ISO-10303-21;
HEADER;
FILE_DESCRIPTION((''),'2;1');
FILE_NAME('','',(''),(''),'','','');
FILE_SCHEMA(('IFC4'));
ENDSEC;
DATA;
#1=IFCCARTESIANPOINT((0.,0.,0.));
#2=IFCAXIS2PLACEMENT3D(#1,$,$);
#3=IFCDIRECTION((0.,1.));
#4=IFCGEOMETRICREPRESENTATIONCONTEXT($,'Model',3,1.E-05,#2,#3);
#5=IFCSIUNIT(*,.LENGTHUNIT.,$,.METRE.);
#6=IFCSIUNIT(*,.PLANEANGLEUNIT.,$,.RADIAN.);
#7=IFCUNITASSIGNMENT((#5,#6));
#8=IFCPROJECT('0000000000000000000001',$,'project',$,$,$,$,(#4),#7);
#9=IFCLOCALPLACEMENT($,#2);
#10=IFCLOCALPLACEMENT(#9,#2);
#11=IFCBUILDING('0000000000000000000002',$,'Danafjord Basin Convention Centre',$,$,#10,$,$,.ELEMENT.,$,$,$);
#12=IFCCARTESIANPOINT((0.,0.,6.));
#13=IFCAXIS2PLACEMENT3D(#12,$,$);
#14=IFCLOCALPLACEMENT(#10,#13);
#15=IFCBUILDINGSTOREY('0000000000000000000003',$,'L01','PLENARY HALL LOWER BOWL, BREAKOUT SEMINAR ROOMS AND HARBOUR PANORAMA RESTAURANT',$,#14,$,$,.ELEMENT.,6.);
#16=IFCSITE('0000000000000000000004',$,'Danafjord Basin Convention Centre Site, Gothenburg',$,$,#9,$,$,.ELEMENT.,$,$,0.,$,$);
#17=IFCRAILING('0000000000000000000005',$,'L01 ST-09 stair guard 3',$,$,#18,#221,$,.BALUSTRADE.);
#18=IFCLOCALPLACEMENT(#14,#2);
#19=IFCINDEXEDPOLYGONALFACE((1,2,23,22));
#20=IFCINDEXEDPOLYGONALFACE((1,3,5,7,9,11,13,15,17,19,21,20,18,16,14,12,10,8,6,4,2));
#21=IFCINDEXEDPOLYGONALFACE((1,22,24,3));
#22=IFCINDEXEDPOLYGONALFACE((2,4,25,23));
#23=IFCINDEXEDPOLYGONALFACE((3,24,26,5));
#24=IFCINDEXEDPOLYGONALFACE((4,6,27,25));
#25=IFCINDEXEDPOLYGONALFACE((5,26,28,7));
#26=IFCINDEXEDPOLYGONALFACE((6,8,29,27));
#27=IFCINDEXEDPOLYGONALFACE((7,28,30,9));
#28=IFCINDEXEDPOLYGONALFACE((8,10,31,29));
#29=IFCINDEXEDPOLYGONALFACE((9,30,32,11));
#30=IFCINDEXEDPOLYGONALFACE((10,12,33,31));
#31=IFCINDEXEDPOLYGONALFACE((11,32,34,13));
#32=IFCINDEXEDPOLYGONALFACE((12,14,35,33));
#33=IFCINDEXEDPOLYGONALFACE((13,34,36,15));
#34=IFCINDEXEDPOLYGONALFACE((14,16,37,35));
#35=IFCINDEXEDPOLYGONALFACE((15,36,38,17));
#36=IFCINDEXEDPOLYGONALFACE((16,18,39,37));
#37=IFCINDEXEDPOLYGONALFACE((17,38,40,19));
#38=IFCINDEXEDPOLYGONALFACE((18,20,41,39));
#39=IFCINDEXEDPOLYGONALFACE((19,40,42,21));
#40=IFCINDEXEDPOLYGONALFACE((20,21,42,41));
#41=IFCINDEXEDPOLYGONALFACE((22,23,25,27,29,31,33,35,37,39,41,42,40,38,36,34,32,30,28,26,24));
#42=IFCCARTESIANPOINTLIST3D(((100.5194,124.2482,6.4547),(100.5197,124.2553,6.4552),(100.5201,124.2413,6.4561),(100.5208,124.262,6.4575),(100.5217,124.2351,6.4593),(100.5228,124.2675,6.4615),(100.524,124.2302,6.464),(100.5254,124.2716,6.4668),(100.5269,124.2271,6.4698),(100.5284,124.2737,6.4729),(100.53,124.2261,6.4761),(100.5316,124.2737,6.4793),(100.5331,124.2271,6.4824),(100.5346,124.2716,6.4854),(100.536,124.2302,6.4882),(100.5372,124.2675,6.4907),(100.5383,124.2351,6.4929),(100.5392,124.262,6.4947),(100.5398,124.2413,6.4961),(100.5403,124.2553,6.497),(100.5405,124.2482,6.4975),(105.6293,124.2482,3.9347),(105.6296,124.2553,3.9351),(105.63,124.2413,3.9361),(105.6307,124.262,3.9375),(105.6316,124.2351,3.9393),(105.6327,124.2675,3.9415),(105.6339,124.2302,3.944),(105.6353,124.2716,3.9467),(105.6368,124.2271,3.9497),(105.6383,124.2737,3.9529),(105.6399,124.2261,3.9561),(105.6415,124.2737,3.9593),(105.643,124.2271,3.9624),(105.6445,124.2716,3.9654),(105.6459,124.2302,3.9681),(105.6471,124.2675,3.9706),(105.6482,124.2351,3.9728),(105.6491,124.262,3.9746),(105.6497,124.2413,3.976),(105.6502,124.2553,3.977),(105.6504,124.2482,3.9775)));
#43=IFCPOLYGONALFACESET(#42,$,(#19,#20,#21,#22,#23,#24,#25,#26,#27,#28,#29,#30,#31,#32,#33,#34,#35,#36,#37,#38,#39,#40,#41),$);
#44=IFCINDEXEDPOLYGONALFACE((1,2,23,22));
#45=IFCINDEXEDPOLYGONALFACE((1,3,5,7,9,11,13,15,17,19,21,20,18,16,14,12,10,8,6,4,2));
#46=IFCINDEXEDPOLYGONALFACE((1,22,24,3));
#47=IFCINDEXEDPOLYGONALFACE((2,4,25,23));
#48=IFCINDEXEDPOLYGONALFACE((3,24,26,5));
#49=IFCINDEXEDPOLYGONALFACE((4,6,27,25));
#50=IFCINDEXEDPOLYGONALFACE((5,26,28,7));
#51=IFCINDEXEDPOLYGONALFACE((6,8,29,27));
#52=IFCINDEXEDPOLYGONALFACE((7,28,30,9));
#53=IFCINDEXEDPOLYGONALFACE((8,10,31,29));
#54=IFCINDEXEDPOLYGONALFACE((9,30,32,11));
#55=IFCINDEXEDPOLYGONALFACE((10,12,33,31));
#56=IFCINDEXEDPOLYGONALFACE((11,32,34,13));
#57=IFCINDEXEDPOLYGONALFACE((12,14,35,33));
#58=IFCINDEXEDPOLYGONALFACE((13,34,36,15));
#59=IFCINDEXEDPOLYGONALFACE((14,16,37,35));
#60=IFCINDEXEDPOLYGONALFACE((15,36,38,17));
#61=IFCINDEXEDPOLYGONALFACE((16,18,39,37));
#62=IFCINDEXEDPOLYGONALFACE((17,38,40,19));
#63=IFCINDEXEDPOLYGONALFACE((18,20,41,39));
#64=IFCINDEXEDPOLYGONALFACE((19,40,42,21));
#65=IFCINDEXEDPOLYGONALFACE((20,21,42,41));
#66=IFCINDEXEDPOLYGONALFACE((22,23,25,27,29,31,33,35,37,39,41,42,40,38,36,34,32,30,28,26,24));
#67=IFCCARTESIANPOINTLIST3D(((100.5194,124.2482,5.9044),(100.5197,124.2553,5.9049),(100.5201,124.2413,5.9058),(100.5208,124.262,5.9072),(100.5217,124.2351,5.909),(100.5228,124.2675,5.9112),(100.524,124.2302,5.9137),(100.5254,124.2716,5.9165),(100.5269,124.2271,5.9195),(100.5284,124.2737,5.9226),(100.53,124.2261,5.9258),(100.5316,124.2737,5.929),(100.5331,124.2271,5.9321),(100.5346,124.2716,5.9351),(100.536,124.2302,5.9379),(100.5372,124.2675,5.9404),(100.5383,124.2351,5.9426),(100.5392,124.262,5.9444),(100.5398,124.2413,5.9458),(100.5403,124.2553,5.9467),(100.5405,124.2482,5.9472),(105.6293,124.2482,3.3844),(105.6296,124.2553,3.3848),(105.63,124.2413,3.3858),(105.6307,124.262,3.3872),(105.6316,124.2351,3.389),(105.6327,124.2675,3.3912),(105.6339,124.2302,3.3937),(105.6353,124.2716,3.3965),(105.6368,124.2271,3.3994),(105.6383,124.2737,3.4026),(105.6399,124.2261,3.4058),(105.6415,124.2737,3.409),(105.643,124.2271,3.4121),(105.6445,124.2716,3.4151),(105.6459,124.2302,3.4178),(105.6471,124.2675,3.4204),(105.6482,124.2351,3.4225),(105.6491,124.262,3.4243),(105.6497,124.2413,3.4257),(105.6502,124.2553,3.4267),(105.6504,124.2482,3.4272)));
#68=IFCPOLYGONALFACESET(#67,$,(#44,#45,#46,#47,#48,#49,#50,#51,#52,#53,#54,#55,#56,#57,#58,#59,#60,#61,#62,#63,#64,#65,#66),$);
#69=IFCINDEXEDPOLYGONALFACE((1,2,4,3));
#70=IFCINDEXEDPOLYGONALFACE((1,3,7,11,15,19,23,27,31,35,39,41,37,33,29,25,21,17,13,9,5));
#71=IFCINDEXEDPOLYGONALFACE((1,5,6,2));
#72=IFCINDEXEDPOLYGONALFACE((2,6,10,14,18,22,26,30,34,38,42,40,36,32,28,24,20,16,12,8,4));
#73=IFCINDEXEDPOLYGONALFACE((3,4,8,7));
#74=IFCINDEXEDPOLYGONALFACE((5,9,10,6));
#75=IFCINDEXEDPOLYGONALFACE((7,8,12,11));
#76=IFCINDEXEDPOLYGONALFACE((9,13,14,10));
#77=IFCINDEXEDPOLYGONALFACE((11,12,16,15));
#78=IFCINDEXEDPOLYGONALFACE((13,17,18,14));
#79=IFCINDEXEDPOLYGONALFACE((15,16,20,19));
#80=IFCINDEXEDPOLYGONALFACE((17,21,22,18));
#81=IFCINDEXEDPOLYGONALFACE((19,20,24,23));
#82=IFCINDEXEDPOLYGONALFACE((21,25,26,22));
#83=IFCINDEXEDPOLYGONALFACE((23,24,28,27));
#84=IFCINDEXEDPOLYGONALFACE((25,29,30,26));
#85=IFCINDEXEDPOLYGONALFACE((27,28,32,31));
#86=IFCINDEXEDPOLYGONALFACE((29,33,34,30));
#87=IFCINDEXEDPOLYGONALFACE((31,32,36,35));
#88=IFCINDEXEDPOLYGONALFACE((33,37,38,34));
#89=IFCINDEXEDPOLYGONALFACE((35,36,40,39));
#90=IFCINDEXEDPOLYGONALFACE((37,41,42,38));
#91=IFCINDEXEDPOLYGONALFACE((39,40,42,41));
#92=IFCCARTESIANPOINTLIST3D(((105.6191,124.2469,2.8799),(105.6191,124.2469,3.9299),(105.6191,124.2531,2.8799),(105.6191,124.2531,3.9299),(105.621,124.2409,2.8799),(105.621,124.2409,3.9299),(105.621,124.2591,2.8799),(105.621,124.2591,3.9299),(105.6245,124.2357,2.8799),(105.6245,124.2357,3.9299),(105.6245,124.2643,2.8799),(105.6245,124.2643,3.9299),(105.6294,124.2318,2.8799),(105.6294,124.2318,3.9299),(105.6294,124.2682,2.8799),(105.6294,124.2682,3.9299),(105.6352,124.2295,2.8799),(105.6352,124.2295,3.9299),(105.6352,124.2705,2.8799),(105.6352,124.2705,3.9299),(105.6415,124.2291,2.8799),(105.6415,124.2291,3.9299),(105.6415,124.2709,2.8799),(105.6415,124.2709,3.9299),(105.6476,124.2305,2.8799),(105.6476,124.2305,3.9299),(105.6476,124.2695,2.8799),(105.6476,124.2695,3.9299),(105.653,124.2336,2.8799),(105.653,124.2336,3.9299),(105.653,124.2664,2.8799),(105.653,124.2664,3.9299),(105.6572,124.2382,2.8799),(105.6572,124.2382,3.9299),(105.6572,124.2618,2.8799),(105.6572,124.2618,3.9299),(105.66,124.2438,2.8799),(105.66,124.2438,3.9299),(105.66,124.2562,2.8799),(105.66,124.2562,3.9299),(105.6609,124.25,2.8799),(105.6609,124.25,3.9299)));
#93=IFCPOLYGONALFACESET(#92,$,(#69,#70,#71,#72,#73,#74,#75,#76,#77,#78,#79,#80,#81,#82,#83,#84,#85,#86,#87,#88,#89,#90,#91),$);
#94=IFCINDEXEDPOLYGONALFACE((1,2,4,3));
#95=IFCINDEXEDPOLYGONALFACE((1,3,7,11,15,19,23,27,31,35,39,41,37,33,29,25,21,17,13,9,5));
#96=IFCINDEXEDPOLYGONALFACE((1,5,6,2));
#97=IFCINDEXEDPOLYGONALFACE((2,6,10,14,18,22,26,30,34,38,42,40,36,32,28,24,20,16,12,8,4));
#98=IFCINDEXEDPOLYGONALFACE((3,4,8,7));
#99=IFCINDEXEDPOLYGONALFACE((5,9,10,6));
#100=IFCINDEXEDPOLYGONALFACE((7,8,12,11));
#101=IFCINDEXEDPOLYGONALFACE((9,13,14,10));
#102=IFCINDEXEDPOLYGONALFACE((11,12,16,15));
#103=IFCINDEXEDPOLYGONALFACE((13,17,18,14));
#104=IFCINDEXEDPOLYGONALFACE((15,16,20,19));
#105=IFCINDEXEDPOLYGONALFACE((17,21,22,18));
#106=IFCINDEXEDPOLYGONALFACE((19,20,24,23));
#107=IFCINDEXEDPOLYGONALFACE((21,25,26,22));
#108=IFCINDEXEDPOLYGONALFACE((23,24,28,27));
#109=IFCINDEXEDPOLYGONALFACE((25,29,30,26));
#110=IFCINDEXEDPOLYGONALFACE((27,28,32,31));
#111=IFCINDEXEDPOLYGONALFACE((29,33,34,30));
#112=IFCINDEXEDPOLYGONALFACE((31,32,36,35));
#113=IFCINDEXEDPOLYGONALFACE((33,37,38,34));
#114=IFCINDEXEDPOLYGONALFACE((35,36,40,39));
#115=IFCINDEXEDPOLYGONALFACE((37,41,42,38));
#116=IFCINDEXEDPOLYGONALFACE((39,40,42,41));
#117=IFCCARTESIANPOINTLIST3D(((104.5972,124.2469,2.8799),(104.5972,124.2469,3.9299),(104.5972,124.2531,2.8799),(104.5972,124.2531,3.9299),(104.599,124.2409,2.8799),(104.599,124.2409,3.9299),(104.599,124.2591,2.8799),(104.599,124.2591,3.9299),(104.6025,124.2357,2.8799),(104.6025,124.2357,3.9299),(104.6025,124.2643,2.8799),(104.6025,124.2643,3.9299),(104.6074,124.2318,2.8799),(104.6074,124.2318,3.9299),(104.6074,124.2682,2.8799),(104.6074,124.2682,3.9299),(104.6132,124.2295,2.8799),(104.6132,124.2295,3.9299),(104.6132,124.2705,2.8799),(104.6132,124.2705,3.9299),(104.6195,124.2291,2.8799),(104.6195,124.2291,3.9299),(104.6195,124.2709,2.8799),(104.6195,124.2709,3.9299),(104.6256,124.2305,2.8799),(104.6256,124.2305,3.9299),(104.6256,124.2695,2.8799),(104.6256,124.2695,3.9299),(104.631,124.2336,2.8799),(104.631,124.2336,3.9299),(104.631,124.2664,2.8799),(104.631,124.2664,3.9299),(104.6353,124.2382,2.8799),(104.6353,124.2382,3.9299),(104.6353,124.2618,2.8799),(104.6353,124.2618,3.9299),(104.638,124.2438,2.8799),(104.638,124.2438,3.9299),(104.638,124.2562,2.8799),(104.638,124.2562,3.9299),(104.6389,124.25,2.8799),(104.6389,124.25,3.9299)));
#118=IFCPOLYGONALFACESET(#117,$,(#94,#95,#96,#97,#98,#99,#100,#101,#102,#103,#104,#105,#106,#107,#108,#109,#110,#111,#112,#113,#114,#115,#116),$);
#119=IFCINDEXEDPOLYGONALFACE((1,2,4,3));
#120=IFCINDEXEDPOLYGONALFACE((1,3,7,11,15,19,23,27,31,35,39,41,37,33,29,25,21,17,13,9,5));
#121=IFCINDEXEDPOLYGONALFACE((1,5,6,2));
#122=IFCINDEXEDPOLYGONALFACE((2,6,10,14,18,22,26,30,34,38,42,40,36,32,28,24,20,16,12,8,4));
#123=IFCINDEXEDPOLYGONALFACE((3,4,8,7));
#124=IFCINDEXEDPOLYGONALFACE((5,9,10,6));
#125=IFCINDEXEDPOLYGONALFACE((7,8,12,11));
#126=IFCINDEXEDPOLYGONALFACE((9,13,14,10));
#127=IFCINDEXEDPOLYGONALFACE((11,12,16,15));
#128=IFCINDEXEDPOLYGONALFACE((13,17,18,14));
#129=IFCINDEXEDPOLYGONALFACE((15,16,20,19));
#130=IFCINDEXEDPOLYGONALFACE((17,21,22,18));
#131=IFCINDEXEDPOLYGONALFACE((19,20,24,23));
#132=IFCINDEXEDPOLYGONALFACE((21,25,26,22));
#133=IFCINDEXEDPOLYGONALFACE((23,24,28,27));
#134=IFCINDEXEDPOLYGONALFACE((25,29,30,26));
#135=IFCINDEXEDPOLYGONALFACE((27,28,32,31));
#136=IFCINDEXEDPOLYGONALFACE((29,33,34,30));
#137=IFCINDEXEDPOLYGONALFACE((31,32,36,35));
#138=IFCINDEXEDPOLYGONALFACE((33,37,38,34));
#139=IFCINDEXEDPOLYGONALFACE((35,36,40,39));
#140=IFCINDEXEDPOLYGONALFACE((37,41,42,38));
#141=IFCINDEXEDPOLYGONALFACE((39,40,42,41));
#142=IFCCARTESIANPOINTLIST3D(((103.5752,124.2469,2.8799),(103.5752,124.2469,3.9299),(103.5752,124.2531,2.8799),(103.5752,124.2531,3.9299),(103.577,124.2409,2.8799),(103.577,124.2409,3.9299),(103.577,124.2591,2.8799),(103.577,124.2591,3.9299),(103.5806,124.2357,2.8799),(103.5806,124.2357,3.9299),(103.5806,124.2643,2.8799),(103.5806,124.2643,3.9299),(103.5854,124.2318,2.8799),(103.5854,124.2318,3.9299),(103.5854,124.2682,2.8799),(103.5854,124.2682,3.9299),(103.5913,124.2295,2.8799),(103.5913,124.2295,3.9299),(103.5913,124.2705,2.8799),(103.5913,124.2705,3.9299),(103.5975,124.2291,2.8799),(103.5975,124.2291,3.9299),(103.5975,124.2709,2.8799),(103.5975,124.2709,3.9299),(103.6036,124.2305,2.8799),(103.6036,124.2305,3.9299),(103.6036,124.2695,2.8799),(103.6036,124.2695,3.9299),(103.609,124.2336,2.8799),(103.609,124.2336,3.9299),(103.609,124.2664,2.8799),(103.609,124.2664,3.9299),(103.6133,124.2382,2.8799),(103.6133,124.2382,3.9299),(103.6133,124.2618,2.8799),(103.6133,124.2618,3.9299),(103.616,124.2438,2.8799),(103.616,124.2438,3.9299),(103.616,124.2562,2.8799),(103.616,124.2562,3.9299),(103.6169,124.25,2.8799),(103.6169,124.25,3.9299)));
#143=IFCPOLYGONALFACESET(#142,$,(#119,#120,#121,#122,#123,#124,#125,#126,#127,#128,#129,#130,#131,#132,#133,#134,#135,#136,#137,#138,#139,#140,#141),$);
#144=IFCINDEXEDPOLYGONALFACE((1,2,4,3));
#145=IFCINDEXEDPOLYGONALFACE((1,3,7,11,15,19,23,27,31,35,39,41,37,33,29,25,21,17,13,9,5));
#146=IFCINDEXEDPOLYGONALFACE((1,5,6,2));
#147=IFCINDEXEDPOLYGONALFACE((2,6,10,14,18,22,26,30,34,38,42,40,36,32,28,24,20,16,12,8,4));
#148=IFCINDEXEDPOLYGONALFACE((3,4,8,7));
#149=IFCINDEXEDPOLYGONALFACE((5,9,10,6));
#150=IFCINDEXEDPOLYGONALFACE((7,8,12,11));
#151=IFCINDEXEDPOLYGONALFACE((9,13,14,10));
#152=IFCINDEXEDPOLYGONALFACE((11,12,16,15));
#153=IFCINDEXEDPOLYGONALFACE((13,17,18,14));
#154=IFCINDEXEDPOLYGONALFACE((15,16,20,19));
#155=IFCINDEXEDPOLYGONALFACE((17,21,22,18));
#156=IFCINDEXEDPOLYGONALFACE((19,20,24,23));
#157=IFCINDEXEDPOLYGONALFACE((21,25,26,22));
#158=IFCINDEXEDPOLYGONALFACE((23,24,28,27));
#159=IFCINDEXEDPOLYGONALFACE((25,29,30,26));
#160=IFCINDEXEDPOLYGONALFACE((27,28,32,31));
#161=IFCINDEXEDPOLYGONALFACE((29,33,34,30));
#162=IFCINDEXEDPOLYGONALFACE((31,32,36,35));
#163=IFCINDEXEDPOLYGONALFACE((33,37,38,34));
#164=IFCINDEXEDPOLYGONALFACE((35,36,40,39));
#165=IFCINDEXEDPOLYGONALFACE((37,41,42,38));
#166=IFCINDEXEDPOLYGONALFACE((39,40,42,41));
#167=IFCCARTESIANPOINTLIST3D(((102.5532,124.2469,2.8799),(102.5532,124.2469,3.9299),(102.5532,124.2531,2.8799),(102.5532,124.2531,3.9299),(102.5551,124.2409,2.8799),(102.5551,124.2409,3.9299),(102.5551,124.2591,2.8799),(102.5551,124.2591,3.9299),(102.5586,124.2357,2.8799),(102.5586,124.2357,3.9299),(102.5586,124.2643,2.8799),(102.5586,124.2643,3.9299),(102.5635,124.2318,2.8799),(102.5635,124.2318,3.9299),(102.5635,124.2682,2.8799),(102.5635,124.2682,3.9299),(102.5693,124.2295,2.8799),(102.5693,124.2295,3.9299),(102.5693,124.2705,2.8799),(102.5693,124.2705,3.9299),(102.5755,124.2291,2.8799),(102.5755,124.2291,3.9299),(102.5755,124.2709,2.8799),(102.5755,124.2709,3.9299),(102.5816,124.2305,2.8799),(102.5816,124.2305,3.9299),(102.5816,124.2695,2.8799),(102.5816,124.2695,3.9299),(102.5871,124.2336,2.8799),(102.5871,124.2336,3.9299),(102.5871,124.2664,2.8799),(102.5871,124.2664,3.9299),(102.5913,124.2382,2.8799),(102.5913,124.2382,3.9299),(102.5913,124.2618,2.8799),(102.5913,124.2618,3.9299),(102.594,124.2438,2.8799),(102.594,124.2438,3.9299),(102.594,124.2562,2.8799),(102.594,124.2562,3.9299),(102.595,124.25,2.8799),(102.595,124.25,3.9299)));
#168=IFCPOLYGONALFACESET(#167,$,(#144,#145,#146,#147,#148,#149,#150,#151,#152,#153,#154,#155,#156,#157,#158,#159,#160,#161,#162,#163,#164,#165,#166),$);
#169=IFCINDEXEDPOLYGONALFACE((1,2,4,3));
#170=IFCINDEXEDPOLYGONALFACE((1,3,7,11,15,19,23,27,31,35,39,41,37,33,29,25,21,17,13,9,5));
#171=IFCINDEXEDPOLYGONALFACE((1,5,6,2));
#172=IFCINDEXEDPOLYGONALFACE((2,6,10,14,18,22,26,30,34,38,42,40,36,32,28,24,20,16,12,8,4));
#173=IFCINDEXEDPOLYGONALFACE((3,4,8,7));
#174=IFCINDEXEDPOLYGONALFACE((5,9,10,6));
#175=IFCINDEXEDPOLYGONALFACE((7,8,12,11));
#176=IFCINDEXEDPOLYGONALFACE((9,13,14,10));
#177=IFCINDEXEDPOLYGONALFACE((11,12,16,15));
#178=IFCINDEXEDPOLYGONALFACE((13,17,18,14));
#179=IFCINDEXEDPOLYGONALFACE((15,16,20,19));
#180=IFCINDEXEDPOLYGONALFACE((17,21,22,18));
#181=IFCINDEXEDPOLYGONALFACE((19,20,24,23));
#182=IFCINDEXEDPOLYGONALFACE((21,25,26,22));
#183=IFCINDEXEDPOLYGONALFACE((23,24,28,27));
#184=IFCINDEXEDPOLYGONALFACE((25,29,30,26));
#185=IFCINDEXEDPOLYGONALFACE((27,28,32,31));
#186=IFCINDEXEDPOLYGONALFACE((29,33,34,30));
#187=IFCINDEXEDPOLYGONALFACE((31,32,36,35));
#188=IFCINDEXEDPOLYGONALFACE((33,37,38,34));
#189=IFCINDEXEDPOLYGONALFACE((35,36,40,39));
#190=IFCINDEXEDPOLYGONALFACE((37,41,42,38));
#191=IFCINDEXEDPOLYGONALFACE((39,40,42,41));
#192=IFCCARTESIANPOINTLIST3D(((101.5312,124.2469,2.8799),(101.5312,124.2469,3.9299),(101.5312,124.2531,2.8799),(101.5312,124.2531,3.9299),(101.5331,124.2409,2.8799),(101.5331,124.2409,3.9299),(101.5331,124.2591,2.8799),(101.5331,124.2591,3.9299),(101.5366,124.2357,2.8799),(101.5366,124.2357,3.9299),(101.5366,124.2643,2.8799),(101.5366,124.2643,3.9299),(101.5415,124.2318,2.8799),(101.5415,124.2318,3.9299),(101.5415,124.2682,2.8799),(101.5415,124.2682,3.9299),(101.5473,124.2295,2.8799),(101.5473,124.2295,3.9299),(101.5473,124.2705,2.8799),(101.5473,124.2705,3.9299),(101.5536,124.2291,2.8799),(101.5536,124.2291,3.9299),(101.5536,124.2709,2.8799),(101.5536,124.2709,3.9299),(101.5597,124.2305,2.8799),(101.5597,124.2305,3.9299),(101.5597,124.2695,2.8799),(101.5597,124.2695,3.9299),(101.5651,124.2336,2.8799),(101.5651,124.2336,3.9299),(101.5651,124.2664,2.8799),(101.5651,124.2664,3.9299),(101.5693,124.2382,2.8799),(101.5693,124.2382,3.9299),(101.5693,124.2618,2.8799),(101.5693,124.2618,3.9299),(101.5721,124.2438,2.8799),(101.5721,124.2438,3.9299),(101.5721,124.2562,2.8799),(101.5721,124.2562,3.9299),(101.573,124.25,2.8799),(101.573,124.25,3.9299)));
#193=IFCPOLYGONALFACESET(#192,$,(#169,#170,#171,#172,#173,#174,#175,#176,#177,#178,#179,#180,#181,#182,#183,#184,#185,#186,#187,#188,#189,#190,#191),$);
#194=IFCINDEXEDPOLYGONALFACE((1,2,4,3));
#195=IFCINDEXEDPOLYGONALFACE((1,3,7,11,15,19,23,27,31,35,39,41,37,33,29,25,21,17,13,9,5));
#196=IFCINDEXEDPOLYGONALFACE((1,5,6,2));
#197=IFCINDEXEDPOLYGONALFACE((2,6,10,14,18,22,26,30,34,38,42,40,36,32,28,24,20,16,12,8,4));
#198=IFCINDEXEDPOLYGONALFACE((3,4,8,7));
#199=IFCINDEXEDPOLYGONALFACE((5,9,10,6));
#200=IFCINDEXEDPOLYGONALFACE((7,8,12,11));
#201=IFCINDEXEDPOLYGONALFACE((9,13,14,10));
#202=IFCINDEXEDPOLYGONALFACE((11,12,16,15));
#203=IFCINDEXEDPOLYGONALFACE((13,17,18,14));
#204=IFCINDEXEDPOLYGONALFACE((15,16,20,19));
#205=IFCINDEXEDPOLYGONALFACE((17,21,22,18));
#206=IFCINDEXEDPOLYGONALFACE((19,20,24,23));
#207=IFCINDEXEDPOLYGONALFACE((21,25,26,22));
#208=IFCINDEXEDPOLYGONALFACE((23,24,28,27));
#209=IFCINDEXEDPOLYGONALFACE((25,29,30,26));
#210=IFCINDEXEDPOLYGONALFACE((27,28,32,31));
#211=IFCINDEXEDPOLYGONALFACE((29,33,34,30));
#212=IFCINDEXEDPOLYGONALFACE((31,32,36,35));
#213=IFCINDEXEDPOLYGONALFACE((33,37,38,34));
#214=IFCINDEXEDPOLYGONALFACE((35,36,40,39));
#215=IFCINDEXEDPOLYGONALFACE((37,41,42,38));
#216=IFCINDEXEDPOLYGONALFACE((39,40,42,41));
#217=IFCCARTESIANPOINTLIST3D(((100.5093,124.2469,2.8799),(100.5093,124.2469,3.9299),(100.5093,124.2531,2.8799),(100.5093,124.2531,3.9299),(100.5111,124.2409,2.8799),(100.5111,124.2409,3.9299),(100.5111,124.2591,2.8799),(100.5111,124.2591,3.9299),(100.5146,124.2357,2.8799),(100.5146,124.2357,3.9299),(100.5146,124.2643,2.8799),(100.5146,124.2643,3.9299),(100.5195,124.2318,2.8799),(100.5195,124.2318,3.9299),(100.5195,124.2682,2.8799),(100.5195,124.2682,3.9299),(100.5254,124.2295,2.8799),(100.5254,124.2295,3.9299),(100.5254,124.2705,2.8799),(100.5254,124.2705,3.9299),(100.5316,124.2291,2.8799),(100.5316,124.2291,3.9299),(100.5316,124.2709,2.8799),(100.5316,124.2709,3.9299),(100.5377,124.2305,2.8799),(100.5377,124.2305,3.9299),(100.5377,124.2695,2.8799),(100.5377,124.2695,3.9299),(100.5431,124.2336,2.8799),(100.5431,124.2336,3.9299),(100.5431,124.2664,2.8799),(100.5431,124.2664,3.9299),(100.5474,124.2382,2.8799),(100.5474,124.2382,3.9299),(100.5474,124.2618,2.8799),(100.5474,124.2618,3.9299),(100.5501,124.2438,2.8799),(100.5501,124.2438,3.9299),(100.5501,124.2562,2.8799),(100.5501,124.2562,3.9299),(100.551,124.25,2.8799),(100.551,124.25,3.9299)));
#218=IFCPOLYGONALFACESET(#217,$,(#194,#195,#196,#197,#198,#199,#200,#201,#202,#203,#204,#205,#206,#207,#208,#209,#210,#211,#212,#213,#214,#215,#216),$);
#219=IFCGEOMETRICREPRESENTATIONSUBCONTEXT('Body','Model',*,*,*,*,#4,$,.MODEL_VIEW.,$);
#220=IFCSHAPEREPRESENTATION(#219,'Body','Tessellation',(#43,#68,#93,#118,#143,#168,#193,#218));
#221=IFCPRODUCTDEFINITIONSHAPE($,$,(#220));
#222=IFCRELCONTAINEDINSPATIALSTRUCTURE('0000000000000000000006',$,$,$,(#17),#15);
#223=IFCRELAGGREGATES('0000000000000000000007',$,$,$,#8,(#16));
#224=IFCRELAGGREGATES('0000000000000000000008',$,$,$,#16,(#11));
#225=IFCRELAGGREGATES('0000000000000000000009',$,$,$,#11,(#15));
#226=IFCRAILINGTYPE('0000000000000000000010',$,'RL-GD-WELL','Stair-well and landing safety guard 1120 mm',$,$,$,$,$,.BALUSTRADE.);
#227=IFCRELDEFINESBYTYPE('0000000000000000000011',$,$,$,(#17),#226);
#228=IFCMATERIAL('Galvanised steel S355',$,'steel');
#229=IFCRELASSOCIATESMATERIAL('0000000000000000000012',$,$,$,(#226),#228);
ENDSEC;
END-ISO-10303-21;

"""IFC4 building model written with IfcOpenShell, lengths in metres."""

from ifc_helpers import new_model, si_unit, direction, frame, origin, origin_2d, place, context, subcontext, project, spatial, circle, extrude, material, type_object, element, save


model = new_model("IFC4")

# Units and contexts
model_context = context("Model", 3, precision=1e-05, world=origin(), true_north=direction((0.0, 1.0)))
body_context = subcontext(model_context, "Body", "Model", "MODEL_VIEW")
ifc_project = project(units=[si_unit("LENGTHUNIT", "METRE"), si_unit("PLANEANGLEUNIT", "RADIAN")], contexts=[model_context])

# Site, building, storey
site_placement = place(None, origin())
site = spatial("IfcSite", under=ifc_project, at=site_placement, Name="Danafjord Basin Convention Centre Site, Gothenburg", CompositionType="ELEMENT", RefElevation=0.0)
building_placement = place(site_placement, origin())
building = spatial("IfcBuilding", under=site, at=building_placement, Name="Danafjord Basin Convention Centre", CompositionType="ELEMENT")
storey_placement = place(building_placement, frame((0.0, 0.0, 6.0)))
storey = spatial("IfcBuildingStorey", under=building, at=storey_placement, Name="L01", Description="PLENARY HALL LOWER BOWL, BREAKOUT SEMINAR ROOMS AND HARBOUR PANORAMA RESTAURANT", CompositionType="ELEMENT", Elevation=6.0)

# Railing
ifc_material_1 = material(Name="Galvanised steel S355", Category="steel")
railing_type_1 = type_object("IfcRailingType", Name="RL-GD-WELL", Description="Stair-well and landing safety guard 1120 mm", PredefinedType="BALUSTRADE", material=ifc_material_1)
railing_1_placement = place(storey_placement, frame((105.6399, 124.25, 2.8799)))
element("IfcRailing", 1, at=railing_1_placement, inside=storey, type_object=railing_type_1, Name="L01 ST-09 stair guard 3", PredefinedType="BALUSTRADE", context=body_context, shape_type="SweptSolid", body=[
    extrude(circle(Radius=0.0239, at=origin_2d()), frame((0.0, 0.0, 1.0762), z_axis=(-0.896865, 0.0, 0.442305), x_axis=(0.0, -1.0, 0.0)), (0.0, 0.0, 1.0), 5.6975),
    extrude(circle(Radius=0.0239, at=origin_2d()), frame((0.0, 0.0, 0.5259), z_axis=(-0.896865, 0.0, 0.442305), x_axis=(0.0, -1.0, 0.0)), (0.0, 0.0, 1.0), 5.6975),
    extrude(circle(Radius=0.021, at=origin_2d()), origin(), (0.0, 0.0, 1.0), 1.05),
    extrude(circle(Radius=0.021, at=origin_2d()), frame((-1.022, 0.0, 0.0)), (0.0, 0.0, 1.0), 1.05),
    extrude(circle(Radius=0.021, at=origin_2d()), frame((-2.0439, 0.0, 0.0)), (0.0, 0.0, 1.0), 1.05),
    extrude(circle(Radius=0.021, at=origin_2d()), frame((-3.0659, 0.0, 0.0)), (0.0, 0.0, 1.0), 1.05),
    extrude(circle(Radius=0.021, at=origin_2d()), frame((-4.0879, 0.0, 0.0)), (0.0, 0.0, 1.0), 1.05),
    extrude(circle(Radius=0.021, at=origin_2d()), frame((-5.1099, 0.0, 0.0)), (0.0, 0.0, 1.0), 1.05),
])

save(model, "model.ifc")
